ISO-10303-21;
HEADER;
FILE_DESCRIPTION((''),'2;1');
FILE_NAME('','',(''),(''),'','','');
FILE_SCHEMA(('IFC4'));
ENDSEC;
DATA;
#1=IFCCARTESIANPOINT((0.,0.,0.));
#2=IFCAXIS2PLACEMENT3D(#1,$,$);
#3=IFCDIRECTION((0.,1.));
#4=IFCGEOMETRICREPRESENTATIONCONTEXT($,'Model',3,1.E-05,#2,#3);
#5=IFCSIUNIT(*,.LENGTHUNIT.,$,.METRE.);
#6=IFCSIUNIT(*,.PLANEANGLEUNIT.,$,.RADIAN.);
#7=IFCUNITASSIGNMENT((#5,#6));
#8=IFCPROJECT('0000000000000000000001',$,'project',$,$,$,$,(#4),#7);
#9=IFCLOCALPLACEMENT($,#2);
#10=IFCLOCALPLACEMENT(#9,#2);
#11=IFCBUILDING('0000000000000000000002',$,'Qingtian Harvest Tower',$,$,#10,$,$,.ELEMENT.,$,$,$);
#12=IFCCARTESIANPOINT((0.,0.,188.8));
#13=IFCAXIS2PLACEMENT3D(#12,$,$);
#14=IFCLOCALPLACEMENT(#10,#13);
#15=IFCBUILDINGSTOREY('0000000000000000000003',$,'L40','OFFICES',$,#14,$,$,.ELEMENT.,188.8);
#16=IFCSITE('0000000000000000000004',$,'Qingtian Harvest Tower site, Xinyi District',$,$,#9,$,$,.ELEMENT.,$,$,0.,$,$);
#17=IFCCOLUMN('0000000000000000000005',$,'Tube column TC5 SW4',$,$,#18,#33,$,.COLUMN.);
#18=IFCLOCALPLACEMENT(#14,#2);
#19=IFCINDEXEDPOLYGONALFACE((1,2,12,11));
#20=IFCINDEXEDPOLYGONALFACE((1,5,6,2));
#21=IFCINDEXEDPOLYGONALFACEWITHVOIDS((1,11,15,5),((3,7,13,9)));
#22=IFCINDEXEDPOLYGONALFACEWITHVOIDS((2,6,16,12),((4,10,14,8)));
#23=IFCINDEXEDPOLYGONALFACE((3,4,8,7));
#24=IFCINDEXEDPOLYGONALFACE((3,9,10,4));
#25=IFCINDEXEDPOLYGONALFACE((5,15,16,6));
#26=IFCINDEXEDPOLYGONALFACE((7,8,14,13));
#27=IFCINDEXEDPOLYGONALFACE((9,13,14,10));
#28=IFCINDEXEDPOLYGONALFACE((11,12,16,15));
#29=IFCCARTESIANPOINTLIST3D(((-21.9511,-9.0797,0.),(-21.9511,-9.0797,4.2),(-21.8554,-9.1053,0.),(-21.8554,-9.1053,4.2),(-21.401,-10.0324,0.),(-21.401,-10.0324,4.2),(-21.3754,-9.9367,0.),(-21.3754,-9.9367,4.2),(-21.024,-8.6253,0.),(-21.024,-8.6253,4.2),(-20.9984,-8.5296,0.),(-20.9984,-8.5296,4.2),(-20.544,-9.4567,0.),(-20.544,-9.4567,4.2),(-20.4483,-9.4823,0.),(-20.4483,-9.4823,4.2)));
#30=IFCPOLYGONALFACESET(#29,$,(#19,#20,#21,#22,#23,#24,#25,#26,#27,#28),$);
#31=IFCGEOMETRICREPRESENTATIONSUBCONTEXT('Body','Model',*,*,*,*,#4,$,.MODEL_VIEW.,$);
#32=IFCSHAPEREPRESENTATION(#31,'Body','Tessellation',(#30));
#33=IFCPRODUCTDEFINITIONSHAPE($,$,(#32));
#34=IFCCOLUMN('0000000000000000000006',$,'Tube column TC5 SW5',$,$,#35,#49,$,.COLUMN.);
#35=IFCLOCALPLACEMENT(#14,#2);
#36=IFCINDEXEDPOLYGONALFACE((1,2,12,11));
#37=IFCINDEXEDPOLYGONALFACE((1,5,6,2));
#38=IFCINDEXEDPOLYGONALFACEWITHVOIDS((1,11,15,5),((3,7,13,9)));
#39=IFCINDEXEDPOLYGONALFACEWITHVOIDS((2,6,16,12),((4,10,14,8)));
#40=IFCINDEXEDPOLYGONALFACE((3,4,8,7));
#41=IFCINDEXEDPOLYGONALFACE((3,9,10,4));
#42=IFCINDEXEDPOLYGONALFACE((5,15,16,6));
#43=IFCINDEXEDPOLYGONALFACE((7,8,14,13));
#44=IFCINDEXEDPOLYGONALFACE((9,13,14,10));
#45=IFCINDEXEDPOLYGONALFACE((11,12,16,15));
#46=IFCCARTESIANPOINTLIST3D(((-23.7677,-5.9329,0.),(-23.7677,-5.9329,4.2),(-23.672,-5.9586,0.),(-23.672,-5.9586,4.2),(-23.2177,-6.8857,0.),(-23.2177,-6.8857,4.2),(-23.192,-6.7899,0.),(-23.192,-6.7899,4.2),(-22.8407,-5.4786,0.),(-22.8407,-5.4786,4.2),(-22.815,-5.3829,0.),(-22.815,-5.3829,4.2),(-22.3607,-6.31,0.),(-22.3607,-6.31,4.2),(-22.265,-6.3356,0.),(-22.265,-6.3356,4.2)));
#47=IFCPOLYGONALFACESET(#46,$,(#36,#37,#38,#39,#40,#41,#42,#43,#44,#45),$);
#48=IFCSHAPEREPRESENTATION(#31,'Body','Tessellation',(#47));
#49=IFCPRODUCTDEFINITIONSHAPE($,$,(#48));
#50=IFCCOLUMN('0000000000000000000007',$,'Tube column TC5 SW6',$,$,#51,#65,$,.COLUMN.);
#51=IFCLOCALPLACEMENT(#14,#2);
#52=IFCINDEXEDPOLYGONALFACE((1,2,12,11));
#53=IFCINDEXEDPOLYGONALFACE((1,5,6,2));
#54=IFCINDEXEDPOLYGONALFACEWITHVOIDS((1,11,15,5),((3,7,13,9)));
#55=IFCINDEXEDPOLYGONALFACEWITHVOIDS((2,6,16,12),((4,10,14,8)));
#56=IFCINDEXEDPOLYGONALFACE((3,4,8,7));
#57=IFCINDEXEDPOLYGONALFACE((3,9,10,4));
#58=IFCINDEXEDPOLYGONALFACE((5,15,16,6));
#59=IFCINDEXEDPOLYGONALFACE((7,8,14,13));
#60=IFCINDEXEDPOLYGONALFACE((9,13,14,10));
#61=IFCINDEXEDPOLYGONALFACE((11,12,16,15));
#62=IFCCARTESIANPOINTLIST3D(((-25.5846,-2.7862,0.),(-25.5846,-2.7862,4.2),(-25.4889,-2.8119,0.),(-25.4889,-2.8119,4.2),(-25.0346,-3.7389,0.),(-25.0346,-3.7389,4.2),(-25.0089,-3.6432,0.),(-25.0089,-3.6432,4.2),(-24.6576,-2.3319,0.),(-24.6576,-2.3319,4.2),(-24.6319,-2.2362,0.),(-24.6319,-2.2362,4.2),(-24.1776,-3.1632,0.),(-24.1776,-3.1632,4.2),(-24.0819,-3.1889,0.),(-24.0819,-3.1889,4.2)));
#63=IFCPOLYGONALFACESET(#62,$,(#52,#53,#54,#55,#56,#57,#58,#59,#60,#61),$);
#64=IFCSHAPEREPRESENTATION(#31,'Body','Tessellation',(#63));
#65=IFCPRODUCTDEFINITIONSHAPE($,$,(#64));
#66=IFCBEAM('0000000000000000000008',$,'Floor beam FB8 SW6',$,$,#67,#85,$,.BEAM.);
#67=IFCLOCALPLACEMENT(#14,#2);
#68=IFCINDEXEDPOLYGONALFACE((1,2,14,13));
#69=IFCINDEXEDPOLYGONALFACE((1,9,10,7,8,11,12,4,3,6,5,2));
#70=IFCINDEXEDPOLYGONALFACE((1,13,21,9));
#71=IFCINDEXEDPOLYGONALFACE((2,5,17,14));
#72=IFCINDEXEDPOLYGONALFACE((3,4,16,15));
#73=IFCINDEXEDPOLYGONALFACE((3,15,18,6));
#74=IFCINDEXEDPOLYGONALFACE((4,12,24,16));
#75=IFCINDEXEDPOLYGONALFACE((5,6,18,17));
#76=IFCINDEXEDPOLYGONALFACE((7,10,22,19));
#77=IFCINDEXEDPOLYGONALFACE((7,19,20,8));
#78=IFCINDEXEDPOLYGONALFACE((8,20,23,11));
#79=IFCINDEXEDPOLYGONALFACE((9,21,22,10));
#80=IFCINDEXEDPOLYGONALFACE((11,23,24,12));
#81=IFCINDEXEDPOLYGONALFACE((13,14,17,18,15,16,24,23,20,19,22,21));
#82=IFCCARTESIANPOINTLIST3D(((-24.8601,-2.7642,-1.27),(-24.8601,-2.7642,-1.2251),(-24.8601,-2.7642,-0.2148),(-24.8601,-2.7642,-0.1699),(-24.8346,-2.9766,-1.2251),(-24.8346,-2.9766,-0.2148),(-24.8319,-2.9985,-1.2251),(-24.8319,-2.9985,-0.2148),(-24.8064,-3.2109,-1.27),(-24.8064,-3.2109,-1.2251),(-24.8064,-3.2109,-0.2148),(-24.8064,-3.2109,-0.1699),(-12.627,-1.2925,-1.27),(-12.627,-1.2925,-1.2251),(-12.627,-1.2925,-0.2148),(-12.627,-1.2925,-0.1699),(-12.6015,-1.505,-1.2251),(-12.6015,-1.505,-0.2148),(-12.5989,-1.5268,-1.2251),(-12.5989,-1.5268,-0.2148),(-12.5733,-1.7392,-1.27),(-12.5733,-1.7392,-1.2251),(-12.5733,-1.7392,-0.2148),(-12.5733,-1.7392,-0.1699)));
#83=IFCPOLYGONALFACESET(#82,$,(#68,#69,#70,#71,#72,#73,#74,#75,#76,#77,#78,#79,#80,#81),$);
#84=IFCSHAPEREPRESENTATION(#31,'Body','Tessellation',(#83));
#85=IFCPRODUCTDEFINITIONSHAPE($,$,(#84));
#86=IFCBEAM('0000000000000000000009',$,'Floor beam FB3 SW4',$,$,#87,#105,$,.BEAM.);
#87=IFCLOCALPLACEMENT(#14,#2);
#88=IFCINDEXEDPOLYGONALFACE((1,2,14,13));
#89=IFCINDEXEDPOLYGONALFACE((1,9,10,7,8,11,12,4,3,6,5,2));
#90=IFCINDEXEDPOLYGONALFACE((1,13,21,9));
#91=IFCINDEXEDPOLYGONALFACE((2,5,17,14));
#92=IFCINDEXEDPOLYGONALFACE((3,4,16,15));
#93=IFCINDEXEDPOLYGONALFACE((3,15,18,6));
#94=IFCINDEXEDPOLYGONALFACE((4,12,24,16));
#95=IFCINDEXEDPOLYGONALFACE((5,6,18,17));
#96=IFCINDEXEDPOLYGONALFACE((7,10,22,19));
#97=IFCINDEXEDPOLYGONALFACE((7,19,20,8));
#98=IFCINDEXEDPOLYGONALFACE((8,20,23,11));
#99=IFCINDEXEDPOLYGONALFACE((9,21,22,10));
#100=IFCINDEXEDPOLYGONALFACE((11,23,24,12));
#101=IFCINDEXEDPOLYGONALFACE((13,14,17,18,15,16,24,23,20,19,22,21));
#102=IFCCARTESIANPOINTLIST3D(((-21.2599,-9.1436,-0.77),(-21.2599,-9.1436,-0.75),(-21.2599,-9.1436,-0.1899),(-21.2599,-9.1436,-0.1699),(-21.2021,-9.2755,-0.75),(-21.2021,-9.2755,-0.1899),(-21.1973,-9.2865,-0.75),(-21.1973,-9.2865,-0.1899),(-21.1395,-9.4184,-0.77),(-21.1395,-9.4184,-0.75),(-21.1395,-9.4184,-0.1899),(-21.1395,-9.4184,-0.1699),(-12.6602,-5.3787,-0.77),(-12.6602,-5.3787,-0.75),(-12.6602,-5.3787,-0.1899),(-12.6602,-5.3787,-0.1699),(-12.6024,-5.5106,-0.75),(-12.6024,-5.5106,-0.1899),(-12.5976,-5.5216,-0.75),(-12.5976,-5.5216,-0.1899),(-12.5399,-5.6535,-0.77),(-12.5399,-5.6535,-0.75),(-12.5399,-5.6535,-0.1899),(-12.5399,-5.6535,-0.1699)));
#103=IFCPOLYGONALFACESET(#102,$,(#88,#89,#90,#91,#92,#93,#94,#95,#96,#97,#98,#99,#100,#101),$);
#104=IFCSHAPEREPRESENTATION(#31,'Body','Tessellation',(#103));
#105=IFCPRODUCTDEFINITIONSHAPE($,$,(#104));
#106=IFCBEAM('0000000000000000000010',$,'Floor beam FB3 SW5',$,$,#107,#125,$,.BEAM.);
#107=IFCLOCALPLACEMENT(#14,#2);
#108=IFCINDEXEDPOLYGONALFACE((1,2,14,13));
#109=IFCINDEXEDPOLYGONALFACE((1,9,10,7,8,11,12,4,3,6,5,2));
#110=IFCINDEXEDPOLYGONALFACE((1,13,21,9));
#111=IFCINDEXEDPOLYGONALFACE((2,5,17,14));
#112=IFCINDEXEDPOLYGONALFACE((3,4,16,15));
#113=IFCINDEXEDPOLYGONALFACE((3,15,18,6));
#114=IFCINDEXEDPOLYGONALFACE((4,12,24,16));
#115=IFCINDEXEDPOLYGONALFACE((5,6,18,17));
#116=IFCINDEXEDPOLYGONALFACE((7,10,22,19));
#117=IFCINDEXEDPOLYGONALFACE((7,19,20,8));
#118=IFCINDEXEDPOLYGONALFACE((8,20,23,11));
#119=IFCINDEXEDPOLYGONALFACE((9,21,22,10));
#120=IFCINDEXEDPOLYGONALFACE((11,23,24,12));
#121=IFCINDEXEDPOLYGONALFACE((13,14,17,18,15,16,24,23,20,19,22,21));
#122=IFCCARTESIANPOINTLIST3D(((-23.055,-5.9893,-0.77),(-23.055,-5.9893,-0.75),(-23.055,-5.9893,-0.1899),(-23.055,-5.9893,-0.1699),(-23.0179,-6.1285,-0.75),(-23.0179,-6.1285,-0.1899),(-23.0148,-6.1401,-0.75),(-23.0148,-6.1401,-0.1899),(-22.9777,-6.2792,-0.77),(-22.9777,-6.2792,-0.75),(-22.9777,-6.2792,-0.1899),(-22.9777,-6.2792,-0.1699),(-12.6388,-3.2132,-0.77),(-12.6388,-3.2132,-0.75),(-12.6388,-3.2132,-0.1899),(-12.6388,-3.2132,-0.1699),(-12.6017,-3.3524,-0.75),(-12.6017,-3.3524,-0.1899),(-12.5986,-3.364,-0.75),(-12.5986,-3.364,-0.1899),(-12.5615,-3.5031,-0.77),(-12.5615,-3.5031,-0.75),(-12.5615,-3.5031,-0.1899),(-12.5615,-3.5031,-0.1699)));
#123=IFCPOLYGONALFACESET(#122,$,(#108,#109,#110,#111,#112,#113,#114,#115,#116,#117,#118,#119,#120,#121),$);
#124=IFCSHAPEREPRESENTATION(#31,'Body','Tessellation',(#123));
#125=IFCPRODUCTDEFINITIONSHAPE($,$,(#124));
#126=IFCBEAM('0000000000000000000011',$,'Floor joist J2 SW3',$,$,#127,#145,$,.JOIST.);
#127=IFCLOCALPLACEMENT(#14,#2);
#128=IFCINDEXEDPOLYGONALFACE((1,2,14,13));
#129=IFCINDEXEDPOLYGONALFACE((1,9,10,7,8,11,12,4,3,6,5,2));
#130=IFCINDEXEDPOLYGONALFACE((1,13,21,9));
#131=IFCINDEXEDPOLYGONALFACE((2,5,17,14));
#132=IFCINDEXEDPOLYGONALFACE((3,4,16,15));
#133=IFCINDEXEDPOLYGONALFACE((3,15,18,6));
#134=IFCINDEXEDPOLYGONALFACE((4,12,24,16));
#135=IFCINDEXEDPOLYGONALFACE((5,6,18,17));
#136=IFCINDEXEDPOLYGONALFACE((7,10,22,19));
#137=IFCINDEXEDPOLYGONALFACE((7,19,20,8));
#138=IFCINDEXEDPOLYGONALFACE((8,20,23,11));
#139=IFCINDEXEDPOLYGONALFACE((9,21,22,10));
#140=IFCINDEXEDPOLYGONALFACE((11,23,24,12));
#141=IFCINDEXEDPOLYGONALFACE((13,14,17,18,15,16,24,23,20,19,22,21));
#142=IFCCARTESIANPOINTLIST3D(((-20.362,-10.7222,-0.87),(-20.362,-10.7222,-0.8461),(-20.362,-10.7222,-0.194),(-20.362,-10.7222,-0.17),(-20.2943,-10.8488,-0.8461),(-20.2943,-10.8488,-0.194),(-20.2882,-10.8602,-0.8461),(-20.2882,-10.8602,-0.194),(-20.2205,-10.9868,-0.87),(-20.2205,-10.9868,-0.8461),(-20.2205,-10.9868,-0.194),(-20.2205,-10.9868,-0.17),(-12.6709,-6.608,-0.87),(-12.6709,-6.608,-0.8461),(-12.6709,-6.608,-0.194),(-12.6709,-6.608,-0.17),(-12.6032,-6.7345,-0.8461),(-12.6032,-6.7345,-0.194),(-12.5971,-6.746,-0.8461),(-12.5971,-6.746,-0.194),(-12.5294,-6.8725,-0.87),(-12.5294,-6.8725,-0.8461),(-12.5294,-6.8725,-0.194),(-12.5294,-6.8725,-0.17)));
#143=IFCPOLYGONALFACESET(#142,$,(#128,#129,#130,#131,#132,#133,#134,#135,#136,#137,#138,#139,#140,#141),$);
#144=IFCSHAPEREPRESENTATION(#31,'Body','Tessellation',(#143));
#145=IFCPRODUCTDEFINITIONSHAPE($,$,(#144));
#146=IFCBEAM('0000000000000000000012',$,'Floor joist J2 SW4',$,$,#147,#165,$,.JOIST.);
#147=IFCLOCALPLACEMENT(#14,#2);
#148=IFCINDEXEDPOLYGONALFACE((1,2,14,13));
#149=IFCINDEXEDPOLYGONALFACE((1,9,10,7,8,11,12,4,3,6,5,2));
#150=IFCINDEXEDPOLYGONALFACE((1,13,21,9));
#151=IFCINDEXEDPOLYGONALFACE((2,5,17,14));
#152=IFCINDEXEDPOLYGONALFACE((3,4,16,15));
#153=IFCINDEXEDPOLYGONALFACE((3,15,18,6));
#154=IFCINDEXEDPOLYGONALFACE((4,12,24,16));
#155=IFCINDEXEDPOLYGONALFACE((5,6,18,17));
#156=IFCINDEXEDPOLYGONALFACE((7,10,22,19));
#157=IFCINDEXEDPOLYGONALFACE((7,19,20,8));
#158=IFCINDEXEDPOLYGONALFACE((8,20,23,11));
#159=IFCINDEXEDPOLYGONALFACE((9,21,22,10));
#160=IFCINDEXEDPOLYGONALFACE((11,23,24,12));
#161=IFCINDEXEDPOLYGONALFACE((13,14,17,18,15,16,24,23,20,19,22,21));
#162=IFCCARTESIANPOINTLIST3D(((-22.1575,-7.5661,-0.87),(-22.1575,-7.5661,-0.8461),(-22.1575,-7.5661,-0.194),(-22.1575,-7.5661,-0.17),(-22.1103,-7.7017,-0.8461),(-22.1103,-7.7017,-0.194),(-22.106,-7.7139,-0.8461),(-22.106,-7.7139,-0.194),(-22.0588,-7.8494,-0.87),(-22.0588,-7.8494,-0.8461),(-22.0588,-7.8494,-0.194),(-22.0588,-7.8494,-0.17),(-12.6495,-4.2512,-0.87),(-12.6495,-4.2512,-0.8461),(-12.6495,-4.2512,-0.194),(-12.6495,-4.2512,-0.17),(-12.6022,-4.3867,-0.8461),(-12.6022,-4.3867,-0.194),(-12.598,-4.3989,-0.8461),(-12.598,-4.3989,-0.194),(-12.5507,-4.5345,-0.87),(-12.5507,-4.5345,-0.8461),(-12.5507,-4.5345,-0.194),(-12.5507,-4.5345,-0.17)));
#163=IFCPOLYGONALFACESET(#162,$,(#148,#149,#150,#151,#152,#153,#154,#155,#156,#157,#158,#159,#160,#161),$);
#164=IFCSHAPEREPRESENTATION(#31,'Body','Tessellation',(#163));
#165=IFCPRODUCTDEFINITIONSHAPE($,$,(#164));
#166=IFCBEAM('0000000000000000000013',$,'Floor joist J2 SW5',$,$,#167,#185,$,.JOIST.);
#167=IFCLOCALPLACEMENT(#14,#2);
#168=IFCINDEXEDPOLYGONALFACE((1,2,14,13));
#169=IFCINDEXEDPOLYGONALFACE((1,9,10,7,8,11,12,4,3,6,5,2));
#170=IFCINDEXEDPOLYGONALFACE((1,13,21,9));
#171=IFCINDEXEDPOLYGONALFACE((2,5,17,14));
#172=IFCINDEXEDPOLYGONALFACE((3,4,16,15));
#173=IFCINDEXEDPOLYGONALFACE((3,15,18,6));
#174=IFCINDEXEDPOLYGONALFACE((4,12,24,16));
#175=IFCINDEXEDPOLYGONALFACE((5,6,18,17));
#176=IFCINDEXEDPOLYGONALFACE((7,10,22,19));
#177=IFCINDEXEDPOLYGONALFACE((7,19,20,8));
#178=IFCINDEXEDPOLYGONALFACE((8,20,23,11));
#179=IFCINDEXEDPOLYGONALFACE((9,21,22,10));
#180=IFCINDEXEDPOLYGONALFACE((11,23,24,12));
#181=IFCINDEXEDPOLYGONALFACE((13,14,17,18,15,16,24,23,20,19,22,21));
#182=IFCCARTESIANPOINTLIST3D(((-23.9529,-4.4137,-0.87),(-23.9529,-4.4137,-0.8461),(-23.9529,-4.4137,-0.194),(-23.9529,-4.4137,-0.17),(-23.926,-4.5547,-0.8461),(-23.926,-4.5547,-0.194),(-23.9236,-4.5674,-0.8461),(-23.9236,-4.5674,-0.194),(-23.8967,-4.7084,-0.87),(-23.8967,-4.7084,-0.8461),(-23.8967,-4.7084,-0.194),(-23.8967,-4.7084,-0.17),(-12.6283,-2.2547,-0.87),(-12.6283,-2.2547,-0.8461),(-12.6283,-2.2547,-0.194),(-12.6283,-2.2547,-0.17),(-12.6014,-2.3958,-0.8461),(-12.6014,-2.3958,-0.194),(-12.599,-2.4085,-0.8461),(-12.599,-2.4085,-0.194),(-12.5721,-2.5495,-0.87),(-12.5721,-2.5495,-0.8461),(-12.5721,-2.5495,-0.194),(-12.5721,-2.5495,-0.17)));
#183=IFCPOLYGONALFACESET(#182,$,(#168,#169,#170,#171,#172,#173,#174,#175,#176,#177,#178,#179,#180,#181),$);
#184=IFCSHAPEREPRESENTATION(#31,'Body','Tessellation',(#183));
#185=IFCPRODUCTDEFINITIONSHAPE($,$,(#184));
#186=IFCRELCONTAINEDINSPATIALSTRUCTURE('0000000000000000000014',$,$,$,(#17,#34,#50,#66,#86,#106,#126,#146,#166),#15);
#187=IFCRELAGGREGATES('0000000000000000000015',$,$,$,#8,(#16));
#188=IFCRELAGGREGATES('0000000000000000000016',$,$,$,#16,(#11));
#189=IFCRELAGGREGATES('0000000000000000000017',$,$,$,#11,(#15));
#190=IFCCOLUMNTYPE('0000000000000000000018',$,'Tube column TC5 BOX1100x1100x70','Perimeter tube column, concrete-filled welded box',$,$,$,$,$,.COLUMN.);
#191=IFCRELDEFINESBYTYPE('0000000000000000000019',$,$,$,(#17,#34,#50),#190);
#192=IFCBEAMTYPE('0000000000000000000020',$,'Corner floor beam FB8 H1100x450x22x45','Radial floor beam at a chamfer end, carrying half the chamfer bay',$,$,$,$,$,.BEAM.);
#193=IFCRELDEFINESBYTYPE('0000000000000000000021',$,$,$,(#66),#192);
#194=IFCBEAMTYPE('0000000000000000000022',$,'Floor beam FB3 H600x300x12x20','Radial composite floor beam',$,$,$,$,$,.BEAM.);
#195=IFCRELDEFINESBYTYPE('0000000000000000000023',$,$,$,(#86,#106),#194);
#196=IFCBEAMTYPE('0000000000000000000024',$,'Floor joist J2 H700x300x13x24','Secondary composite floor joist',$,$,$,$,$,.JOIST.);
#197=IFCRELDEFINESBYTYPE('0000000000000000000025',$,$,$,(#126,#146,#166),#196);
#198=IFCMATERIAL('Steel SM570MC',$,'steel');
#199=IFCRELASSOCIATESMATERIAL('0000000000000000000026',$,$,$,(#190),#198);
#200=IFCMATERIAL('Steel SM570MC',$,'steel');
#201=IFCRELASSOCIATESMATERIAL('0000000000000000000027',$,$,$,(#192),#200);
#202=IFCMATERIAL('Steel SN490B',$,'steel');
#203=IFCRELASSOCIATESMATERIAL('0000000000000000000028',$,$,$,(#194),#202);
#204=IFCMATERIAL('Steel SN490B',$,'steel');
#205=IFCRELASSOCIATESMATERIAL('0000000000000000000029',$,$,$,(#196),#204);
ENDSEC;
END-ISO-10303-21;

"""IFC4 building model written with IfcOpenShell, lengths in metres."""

from ifc_helpers import new_model, si_unit, direction, frame, origin, origin_2d, place, context, subcontext, project, spatial, hollow_rectangle, i_section, extrude, material, material_profile, profile_set, type_object, element, save


model = new_model("IFC4")

# Units and contexts
model_context = context("Model", 3, precision=1e-05, world=origin(), true_north=direction((0.0, 1.0)))
body_context = subcontext(model_context, "Body", "Model", "MODEL_VIEW")
ifc_project = project(units=[si_unit("LENGTHUNIT", "METRE"), si_unit("PLANEANGLEUNIT", "RADIAN")], contexts=[model_context])

# Site, building, storey
site_placement = place(None, origin())
site = spatial("IfcSite", under=ifc_project, at=site_placement, Name="Qingtian Harvest Tower site, Xinyi District", CompositionType="ELEMENT", RefElevation=0.0)
building_placement = place(site_placement, origin())
building = spatial("IfcBuilding", under=site, at=building_placement, Name="Qingtian Harvest Tower", CompositionType="ELEMENT")
storey_placement = place(building_placement, frame((0.0, 0.0, 188.8)))
storey = spatial("IfcBuildingStorey", under=building, at=storey_placement, Name="L40", Description="OFFICES", CompositionType="ELEMENT", Elevation=188.8)

# Columns
ifc_material_1 = material(Name="Steel SM570MC", Category="steel")
ifc_material_profile_1 = material_profile(ifc_material_1, hollow_rectangle(XDim=1.1001, YDim=1.1001, WallThickness=0.0701, at=origin_2d()), Name="BOX1100x1100x70")
ifc_profile_set_1 = profile_set([ifc_material_profile_1], Name="Steel SM570MC")
column_type = type_object("IfcColumnType", Name="Tube column TC5 BOX1100x1100x70", Description="Perimeter tube column, concrete-filled welded box", PredefinedType="COLUMN", material=ifc_profile_set_1)
for number, where, z_axis, x_axis, name in (
    (1, (-21.1997, -9.281, 0.0), (0.0, 0.0, 1.0), (0.5, -0.866025, 0.0), "Tube column TC5 SW4"),
    (2, (-23.0164, -6.1343, 0.0), (0.0, 0.0, 1.0), (0.5, -0.866025, 0.0), "Tube column TC5 SW5"),
    (3, (-24.8333, -2.9875, 0.0), (0.0, 0.0, 1.0), (0.5, -0.866025, 0.0), "Tube column TC5 SW6"),
):
    element("IfcColumn", number, at=place(storey_placement, frame(where, z_axis=z_axis, x_axis=x_axis)), inside=storey, type_object=column_type, Name=name, PredefinedType="COLUMN", context=body_context, shape_type="SweptSolid", body=[
        extrude(hollow_rectangle(XDim=1.1001, YDim=1.1001, WallThickness=0.0701, at=origin_2d()), origin(), (0.0, 0.0, 1.0), 4.2),
    ])

# Beams
ifc_material_2 = material(Name="Steel SM570MC", Category="steel")
ifc_material_profile_2 = material_profile(ifc_material_2, i_section(OverallWidth=0.45, OverallDepth=1.1001, WebThickness=0.022, FlangeThickness=0.0449, at=origin_2d()), Name="H1100x450x22x45")
ifc_profile_set_2 = profile_set([ifc_material_profile_2], Name="Steel SM570MC")
beam_type_1 = type_object("IfcBeamType", Name="Corner floor beam FB8 H1100x450x22x45", Description="Radial floor beam at a chamfer end, carrying half the chamfer bay", PredefinedType="BEAM", material=ifc_profile_set_2)
beam_1_placement = place(storey_placement, frame((-24.8333, -2.9875, -0.72), z_axis=(0.992841, 0.119441, 0.0), x_axis=(-0.119441, 0.992841, 0.0)))
element("IfcBeam", 4, at=beam_1_placement, inside=storey, type_object=beam_type_1, Name="Floor beam FB8 SW6", PredefinedType="BEAM", context=body_context, shape_type="SweptSolid", body=[
    extrude(i_section(OverallWidth=0.45, OverallDepth=1.1001, WebThickness=0.022, FlangeThickness=0.0449, at=origin_2d()), origin(), (0.0, 0.0, 1.0), 12.3213),
])
ifc_material_3 = material(Name="Steel SN490B", Category="steel")
ifc_material_profile_3 = material_profile(ifc_material_3, i_section(OverallWidth=0.3, OverallDepth=0.6001, WebThickness=0.012, FlangeThickness=0.02, at=origin_2d()), Name="H600x300x12x20")
ifc_profile_set_3 = profile_set([ifc_material_profile_3], Name="Steel SN490B")
beam_type_2 = type_object("IfcBeamType", Name="Floor beam FB3 H600x300x12x20", Description="Radial composite floor beam", PredefinedType="BEAM", material=ifc_profile_set_3)
beam_2_placement = place(storey_placement, frame((-21.1997, -9.281, -0.47), z_axis=(0.916057, 0.401048, 0.0), x_axis=(-0.401048, 0.916057, 0.0)))
element("IfcBeam", 5, at=beam_2_placement, inside=storey, type_object=beam_type_2, Name="Floor beam FB3 SW4", PredefinedType="BEAM", context=body_context, shape_type="SweptSolid", body=[
    extrude(i_section(OverallWidth=0.3, OverallDepth=0.6001, WebThickness=0.012, FlangeThickness=0.02, at=origin_2d()), origin(), (0.0, 0.0, 1.0), 9.3877),
])
beam_3_placement = place(storey_placement, frame((-23.0164, -6.1343, -0.47), z_axis=(0.966271, 0.257529, 0.0), x_axis=(-0.257529, 0.966271, 0.0)))
element("IfcBeam", 6, at=beam_3_placement, inside=storey, type_object=beam_type_2, Name="Floor beam FB3 SW5", PredefinedType="BEAM", context=body_context, shape_type="SweptSolid", body=[
    extrude(i_section(OverallWidth=0.3, OverallDepth=0.6001, WebThickness=0.012, FlangeThickness=0.02, at=origin_2d()), origin(), (0.0, 0.0, 1.0), 10.7798),
])
ifc_material_4 = material(Name="Steel SN490B", Category="steel")
ifc_material_profile_4 = material_profile(ifc_material_4, i_section(OverallWidth=0.3, OverallDepth=0.7, WebThickness=0.0129, FlangeThickness=0.0239, at=origin_2d()), Name="H700x300x13x24")
ifc_profile_set_4 = profile_set([ifc_material_profile_4], Name="Steel SN490B")
beam_type_3 = type_object("IfcBeamType", Name="Floor joist J2 H700x300x13x24", Description="Secondary composite floor joist", PredefinedType="JOIST", material=ifc_profile_set_4)
beam_4_placement = place(storey_placement, frame((-20.2913, -10.8545, -0.52), z_axis=(0.881767, 0.471686, 0.0), x_axis=(-0.471686, 0.881767, 0.0)))
element("IfcBeam", 7, at=beam_4_placement, inside=storey, type_object=beam_type_3, Name="Floor joist J2 SW3", PredefinedType="JOIST", context=body_context, shape_type="SweptSolid", body=[
    extrude(i_section(OverallWidth=0.3, OverallDepth=0.7, WebThickness=0.0129, FlangeThickness=0.0239, at=origin_2d()), origin(), (0.0, 0.0, 1.0), 8.7224),
])
beam_5_placement = place(storey_placement, frame((-22.1082, -7.7078, -0.52), z_axis=(0.944256, 0.329211, 0.0), x_axis=(-0.329211, 0.944256, 0.0)))
element("IfcBeam", 8, at=beam_5_placement, inside=storey, type_object=beam_type_3, Name="Floor joist J2 SW4", PredefinedType="JOIST", context=body_context, shape_type="SweptSolid", body=[
    extrude(i_section(OverallWidth=0.3, OverallDepth=0.7, WebThickness=0.0129, FlangeThickness=0.0239, at=origin_2d()), origin(), (0.0, 0.0, 1.0), 10.0693),
])
beam_6_placement = place(storey_placement, frame((-23.9248, -4.561, -0.52), z_axis=(0.982309, 0.187267, 0.0), x_axis=(-0.187267, 0.982309, 0.0)))
element("IfcBeam", 9, at=beam_6_placement, inside=storey, type_object=beam_type_3, Name="Floor joist J2 SW5", PredefinedType="JOIST", context=body_context, shape_type="SweptSolid", body=[
    extrude(i_section(OverallWidth=0.3, OverallDepth=0.7, WebThickness=0.0129, FlangeThickness=0.0239, at=origin_2d()), origin(), (0.0, 0.0, 1.0), 11.5286),
])

save(model, "model.ifc")
